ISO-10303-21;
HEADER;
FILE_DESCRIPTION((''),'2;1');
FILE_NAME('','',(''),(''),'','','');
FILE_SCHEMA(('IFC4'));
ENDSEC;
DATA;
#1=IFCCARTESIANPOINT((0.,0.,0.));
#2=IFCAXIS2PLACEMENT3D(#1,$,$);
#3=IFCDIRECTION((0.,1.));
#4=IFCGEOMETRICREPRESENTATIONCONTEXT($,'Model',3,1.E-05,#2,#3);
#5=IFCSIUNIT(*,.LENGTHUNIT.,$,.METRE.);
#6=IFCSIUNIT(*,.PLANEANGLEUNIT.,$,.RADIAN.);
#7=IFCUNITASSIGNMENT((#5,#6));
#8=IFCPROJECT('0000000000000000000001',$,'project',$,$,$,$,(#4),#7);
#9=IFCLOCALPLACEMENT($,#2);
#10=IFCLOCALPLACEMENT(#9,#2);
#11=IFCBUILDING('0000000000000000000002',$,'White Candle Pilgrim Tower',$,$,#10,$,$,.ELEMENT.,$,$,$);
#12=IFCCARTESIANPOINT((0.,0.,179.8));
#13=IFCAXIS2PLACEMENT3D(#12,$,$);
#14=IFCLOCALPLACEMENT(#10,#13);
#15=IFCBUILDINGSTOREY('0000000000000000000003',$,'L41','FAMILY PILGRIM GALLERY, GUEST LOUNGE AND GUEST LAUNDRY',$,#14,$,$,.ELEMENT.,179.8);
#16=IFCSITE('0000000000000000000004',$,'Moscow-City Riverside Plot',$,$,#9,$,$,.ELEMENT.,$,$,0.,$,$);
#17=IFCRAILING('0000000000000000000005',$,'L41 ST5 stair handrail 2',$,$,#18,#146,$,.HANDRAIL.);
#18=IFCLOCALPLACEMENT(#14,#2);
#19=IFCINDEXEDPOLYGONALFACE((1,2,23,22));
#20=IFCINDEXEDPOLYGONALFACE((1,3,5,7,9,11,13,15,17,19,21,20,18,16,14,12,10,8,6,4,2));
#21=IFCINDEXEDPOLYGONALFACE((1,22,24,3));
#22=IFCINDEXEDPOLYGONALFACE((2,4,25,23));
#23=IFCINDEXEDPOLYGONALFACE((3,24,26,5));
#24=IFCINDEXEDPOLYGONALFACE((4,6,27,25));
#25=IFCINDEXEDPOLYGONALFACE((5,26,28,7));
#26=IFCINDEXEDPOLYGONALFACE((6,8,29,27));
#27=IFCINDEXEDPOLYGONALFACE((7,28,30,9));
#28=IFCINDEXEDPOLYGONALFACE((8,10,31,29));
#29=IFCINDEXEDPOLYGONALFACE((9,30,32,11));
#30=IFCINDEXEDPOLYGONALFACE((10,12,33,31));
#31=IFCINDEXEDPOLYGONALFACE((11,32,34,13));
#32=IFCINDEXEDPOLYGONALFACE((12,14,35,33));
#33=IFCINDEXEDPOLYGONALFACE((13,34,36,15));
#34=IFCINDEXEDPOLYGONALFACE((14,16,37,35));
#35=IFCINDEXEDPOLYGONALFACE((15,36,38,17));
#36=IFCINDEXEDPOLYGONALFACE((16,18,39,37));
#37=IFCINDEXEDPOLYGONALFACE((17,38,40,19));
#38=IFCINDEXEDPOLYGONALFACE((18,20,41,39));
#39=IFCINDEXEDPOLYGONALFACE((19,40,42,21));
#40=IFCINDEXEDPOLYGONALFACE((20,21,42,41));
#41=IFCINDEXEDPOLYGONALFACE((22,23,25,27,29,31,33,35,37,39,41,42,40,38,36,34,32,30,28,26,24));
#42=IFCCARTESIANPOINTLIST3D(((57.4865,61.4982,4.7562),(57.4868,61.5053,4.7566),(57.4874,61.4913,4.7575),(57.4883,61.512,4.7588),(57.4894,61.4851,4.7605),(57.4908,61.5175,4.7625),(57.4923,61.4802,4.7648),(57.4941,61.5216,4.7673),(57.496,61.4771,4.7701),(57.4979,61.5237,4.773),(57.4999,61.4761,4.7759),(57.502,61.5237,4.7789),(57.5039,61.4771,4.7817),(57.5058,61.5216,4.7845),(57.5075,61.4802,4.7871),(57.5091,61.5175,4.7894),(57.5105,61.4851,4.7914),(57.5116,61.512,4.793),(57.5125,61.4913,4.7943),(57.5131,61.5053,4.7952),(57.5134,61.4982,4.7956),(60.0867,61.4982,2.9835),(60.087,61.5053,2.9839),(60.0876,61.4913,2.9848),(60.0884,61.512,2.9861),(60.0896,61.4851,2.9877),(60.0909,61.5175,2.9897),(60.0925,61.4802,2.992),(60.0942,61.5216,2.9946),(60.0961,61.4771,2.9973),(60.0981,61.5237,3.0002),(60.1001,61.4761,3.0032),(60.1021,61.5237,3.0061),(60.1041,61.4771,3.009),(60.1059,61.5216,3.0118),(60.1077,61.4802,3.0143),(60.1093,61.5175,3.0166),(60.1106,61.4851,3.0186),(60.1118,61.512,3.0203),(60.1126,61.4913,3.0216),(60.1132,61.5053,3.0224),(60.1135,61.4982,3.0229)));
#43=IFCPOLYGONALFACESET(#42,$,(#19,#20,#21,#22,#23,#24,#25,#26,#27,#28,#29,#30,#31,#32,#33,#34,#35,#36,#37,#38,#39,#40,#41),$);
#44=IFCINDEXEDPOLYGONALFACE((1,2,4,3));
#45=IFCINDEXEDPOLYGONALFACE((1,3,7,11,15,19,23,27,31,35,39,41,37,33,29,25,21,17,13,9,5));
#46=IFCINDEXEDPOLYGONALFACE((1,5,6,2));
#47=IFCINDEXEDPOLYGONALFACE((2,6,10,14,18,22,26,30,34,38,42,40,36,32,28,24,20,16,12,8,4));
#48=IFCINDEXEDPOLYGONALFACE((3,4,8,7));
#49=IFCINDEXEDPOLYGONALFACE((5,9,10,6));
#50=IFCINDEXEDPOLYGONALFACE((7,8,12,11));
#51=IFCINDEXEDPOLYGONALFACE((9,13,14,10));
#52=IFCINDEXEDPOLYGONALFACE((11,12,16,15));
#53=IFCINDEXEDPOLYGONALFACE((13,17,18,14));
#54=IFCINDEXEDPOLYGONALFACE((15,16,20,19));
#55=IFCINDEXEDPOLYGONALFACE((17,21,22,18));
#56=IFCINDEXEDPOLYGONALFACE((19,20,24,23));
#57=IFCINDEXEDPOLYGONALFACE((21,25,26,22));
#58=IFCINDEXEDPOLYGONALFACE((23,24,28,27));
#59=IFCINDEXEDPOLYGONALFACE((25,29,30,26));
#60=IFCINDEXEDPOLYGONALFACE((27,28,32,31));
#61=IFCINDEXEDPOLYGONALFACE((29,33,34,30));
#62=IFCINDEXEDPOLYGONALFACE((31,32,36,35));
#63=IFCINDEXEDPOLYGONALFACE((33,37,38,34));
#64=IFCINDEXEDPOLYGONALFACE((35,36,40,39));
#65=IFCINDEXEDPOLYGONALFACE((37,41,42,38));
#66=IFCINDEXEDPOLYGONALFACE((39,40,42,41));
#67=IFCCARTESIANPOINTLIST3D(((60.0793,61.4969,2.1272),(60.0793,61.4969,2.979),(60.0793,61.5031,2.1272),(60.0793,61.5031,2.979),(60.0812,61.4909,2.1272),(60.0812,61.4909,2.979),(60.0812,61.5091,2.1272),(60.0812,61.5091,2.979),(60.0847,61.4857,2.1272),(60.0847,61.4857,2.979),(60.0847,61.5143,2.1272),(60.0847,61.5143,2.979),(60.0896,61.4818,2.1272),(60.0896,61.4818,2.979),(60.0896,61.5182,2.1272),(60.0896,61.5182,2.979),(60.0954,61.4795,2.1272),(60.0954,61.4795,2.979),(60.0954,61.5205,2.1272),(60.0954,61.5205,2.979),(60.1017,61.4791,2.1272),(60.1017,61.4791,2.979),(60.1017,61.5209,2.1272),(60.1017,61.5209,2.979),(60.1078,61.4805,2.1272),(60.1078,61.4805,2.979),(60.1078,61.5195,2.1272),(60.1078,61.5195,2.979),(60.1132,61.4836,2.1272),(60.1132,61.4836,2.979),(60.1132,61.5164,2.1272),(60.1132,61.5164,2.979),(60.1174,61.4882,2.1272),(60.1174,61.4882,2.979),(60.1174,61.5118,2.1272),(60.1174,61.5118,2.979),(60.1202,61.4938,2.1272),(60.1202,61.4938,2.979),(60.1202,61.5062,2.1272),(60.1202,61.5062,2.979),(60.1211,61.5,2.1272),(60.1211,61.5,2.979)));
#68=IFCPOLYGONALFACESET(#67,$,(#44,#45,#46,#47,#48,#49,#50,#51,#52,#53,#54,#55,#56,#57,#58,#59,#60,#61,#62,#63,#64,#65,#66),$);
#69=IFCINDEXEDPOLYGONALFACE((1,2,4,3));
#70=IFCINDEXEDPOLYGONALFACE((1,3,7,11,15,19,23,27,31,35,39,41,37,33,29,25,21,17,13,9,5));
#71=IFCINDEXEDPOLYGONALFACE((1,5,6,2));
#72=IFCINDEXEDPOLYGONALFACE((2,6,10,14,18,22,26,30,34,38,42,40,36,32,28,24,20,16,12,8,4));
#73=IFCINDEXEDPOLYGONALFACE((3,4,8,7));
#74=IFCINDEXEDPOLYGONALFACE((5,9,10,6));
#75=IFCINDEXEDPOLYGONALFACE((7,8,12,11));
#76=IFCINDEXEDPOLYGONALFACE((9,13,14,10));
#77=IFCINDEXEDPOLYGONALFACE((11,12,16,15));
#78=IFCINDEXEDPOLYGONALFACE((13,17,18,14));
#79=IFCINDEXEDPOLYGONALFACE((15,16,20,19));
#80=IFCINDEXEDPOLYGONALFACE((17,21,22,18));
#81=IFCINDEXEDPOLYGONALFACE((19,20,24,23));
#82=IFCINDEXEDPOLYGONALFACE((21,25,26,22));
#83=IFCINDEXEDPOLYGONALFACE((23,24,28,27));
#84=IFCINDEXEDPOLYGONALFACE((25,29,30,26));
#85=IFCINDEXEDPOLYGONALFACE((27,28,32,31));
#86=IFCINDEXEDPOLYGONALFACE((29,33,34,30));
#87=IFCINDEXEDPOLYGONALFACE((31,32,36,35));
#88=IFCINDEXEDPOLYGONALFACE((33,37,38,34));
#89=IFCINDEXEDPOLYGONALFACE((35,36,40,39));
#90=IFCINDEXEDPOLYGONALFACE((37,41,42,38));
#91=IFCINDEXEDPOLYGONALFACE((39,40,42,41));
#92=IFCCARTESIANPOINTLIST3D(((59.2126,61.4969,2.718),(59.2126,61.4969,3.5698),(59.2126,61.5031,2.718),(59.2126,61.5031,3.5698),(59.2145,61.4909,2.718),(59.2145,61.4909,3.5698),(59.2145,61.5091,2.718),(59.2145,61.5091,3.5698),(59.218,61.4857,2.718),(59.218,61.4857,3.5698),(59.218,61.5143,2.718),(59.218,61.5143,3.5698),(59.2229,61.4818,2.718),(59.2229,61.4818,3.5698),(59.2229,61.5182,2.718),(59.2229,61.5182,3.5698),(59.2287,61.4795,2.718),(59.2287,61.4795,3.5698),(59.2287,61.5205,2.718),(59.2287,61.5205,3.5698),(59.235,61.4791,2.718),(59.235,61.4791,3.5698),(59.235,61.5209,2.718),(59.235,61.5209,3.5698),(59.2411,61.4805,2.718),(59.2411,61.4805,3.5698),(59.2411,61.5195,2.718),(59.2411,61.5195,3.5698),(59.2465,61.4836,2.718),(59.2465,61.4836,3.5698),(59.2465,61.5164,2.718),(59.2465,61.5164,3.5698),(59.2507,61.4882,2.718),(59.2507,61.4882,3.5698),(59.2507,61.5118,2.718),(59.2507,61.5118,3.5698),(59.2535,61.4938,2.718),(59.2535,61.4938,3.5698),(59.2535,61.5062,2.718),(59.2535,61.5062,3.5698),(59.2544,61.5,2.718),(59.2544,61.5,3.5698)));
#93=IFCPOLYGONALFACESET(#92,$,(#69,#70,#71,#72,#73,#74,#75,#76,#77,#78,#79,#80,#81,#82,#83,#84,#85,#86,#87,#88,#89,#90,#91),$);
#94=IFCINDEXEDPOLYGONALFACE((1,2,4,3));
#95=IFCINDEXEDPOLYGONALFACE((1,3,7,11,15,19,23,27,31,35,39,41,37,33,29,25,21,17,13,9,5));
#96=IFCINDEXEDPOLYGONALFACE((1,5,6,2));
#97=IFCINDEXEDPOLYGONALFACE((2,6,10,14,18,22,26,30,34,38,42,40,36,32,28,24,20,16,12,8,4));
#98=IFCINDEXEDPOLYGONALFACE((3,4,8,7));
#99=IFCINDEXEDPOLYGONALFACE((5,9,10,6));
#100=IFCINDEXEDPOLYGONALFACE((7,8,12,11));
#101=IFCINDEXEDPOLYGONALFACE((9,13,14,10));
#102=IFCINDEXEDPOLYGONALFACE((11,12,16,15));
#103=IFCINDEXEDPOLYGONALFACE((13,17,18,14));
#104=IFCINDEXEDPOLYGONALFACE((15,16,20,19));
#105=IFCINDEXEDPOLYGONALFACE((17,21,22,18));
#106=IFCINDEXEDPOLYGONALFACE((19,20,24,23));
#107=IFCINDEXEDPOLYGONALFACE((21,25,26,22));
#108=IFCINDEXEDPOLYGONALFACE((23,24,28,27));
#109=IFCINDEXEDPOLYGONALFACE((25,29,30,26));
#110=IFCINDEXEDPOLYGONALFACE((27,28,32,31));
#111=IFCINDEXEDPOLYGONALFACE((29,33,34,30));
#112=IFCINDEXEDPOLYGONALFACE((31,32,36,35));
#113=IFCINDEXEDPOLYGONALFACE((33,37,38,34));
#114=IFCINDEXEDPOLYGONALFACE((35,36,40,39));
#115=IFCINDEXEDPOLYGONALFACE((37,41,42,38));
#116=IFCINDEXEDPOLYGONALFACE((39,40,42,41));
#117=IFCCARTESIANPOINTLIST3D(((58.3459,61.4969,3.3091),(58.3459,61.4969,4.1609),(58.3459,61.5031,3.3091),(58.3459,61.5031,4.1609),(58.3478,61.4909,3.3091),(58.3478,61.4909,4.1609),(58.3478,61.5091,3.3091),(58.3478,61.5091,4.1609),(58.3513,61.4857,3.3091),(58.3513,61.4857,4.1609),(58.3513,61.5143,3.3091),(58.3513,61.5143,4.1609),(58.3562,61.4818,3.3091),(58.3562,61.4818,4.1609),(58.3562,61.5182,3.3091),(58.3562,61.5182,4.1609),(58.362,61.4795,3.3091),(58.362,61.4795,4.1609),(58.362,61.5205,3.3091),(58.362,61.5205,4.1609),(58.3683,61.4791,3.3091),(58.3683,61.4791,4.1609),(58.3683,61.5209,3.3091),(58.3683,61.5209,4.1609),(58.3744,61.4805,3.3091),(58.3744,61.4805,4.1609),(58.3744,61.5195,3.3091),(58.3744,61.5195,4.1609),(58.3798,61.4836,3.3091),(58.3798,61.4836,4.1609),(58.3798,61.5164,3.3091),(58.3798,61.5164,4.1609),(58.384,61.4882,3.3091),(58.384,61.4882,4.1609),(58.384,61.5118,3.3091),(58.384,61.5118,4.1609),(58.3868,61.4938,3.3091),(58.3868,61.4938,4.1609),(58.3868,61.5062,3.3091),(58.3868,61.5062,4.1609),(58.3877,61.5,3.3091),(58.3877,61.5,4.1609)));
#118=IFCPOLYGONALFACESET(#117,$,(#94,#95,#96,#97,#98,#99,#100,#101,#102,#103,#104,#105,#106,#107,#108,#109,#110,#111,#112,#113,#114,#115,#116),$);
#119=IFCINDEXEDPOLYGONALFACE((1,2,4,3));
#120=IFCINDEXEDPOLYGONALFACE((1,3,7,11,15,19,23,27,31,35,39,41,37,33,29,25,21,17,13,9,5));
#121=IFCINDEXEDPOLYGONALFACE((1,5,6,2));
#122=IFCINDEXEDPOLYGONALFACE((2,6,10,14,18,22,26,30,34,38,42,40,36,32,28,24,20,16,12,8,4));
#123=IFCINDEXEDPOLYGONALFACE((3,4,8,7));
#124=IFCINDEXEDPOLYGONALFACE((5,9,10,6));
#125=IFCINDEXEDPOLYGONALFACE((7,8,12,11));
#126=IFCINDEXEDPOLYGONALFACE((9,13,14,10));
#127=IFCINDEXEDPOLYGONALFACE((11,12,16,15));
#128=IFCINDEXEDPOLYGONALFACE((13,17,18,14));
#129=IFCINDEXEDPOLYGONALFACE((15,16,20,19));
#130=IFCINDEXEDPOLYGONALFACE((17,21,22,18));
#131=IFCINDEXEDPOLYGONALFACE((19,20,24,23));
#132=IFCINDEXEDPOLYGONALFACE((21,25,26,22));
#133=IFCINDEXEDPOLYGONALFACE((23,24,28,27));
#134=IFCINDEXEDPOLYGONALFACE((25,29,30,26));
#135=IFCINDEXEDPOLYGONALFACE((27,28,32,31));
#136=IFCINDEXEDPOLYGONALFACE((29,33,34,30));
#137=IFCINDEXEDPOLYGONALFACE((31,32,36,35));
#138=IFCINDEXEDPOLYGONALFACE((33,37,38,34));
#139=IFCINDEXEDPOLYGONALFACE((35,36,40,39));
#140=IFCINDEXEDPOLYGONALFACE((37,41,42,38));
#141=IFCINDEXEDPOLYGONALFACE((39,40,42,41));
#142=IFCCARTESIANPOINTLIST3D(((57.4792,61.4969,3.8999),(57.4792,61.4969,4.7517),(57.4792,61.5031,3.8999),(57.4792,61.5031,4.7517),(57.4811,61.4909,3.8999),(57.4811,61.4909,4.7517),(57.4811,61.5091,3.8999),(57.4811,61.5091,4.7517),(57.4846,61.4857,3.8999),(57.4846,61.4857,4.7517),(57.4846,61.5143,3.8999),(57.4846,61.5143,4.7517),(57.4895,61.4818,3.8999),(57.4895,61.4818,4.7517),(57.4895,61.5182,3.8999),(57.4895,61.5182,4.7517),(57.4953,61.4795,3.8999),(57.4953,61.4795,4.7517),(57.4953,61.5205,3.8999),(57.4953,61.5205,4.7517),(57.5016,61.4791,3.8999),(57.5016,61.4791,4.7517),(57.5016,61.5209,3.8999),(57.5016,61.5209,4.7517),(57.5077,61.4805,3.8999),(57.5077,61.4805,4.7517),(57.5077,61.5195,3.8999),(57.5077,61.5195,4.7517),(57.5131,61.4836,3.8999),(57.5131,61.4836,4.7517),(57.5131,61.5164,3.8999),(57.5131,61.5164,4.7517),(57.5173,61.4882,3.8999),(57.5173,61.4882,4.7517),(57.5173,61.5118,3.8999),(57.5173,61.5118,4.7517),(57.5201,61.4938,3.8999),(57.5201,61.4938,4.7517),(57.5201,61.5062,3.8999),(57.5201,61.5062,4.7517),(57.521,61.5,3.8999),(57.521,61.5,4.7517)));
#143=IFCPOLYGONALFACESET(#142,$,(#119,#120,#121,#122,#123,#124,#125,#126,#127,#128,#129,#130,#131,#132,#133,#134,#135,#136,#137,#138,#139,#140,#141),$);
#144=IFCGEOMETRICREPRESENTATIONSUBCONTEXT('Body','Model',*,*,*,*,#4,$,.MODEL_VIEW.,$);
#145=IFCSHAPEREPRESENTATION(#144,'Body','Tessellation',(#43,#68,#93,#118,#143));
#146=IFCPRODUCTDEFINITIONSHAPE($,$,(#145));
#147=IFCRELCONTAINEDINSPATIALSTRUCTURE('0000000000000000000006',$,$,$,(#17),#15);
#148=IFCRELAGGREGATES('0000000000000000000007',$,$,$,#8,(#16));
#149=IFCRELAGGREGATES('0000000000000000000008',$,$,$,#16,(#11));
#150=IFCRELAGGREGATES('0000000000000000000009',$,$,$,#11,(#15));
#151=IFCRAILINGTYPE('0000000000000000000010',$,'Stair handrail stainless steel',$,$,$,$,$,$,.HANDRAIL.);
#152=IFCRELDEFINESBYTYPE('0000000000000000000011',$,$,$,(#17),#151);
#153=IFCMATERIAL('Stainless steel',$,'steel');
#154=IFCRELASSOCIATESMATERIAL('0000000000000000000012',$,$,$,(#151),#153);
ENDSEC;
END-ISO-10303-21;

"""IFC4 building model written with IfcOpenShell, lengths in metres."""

from ifc_helpers import new_model, si_unit, direction, frame, origin, origin_2d, place, context, subcontext, project, spatial, circle, extrude, material, type_object, element, save


model = new_model("IFC4")

# Units and contexts
model_context = context("Model", 3, precision=1e-05, world=origin(), true_north=direction((0.0, 1.0)))
body_context = subcontext(model_context, "Body", "Model", "MODEL_VIEW")
ifc_project = project(units=[si_unit("LENGTHUNIT", "METRE"), si_unit("PLANEANGLEUNIT", "RADIAN")], contexts=[model_context])

# Site, building, storey
site_placement = place(None, origin())
site = spatial("IfcSite", under=ifc_project, at=site_placement, Name="Moscow-City Riverside Plot", CompositionType="ELEMENT", RefElevation=0.0)
building_placement = place(site_placement, origin())
building = spatial("IfcBuilding", under=site, at=building_placement, Name="White Candle Pilgrim Tower", CompositionType="ELEMENT")
storey_placement = place(building_placement, frame((0.0, 0.0, 179.8)))
storey = spatial("IfcBuildingStorey", under=building, at=storey_placement, Name="L41", Description="FAMILY PILGRIM GALLERY, GUEST LOUNGE AND GUEST LAUNDRY", CompositionType="ELEMENT", Elevation=179.8)

# Railing
ifc_material_1 = material(Name="Stainless steel", Category="steel")
railing_type_1 = type_object("IfcRailingType", Name="Stair handrail stainless steel", PredefinedType="HANDRAIL", material=ifc_material_1)
railing_1_placement = place(storey_placement, frame((60.1001, 61.5, 2.1272)))
element("IfcRailing", 1, at=railing_1_placement, inside=storey, type_object=railing_type_1, Name="L41 ST5 stair handrail 2", PredefinedType="HANDRAIL", context=body_context, shape_type="SweptSolid", body=[
    extrude(circle(Radius=0.0239, at=origin_2d()), frame((0.0, 0.0, 0.876), z_axis=(-0.82624, 0.0, 0.563318), x_axis=(0.0, -1.0, 0.0)), (0.0, 0.0, 1.0), 3.147),
    extrude(circle(Radius=0.021, at=origin_2d()), origin(), (0.0, 0.0, 1.0), 0.8518),
    extrude(circle(Radius=0.021, at=origin_2d()), frame((-0.8667, 0.0, 0.5908)), (0.0, 0.0, 1.0), 0.8518),
    extrude(circle(Radius=0.021, at=origin_2d()), frame((-1.7334, 0.0, 1.1819)), (0.0, 0.0, 1.0), 0.8518),
    extrude(circle(Radius=0.021, at=origin_2d()), frame((-2.6001, 0.0, 1.7727)), (0.0, 0.0, 1.0), 0.8518),
])

save(model, "model.ifc")
